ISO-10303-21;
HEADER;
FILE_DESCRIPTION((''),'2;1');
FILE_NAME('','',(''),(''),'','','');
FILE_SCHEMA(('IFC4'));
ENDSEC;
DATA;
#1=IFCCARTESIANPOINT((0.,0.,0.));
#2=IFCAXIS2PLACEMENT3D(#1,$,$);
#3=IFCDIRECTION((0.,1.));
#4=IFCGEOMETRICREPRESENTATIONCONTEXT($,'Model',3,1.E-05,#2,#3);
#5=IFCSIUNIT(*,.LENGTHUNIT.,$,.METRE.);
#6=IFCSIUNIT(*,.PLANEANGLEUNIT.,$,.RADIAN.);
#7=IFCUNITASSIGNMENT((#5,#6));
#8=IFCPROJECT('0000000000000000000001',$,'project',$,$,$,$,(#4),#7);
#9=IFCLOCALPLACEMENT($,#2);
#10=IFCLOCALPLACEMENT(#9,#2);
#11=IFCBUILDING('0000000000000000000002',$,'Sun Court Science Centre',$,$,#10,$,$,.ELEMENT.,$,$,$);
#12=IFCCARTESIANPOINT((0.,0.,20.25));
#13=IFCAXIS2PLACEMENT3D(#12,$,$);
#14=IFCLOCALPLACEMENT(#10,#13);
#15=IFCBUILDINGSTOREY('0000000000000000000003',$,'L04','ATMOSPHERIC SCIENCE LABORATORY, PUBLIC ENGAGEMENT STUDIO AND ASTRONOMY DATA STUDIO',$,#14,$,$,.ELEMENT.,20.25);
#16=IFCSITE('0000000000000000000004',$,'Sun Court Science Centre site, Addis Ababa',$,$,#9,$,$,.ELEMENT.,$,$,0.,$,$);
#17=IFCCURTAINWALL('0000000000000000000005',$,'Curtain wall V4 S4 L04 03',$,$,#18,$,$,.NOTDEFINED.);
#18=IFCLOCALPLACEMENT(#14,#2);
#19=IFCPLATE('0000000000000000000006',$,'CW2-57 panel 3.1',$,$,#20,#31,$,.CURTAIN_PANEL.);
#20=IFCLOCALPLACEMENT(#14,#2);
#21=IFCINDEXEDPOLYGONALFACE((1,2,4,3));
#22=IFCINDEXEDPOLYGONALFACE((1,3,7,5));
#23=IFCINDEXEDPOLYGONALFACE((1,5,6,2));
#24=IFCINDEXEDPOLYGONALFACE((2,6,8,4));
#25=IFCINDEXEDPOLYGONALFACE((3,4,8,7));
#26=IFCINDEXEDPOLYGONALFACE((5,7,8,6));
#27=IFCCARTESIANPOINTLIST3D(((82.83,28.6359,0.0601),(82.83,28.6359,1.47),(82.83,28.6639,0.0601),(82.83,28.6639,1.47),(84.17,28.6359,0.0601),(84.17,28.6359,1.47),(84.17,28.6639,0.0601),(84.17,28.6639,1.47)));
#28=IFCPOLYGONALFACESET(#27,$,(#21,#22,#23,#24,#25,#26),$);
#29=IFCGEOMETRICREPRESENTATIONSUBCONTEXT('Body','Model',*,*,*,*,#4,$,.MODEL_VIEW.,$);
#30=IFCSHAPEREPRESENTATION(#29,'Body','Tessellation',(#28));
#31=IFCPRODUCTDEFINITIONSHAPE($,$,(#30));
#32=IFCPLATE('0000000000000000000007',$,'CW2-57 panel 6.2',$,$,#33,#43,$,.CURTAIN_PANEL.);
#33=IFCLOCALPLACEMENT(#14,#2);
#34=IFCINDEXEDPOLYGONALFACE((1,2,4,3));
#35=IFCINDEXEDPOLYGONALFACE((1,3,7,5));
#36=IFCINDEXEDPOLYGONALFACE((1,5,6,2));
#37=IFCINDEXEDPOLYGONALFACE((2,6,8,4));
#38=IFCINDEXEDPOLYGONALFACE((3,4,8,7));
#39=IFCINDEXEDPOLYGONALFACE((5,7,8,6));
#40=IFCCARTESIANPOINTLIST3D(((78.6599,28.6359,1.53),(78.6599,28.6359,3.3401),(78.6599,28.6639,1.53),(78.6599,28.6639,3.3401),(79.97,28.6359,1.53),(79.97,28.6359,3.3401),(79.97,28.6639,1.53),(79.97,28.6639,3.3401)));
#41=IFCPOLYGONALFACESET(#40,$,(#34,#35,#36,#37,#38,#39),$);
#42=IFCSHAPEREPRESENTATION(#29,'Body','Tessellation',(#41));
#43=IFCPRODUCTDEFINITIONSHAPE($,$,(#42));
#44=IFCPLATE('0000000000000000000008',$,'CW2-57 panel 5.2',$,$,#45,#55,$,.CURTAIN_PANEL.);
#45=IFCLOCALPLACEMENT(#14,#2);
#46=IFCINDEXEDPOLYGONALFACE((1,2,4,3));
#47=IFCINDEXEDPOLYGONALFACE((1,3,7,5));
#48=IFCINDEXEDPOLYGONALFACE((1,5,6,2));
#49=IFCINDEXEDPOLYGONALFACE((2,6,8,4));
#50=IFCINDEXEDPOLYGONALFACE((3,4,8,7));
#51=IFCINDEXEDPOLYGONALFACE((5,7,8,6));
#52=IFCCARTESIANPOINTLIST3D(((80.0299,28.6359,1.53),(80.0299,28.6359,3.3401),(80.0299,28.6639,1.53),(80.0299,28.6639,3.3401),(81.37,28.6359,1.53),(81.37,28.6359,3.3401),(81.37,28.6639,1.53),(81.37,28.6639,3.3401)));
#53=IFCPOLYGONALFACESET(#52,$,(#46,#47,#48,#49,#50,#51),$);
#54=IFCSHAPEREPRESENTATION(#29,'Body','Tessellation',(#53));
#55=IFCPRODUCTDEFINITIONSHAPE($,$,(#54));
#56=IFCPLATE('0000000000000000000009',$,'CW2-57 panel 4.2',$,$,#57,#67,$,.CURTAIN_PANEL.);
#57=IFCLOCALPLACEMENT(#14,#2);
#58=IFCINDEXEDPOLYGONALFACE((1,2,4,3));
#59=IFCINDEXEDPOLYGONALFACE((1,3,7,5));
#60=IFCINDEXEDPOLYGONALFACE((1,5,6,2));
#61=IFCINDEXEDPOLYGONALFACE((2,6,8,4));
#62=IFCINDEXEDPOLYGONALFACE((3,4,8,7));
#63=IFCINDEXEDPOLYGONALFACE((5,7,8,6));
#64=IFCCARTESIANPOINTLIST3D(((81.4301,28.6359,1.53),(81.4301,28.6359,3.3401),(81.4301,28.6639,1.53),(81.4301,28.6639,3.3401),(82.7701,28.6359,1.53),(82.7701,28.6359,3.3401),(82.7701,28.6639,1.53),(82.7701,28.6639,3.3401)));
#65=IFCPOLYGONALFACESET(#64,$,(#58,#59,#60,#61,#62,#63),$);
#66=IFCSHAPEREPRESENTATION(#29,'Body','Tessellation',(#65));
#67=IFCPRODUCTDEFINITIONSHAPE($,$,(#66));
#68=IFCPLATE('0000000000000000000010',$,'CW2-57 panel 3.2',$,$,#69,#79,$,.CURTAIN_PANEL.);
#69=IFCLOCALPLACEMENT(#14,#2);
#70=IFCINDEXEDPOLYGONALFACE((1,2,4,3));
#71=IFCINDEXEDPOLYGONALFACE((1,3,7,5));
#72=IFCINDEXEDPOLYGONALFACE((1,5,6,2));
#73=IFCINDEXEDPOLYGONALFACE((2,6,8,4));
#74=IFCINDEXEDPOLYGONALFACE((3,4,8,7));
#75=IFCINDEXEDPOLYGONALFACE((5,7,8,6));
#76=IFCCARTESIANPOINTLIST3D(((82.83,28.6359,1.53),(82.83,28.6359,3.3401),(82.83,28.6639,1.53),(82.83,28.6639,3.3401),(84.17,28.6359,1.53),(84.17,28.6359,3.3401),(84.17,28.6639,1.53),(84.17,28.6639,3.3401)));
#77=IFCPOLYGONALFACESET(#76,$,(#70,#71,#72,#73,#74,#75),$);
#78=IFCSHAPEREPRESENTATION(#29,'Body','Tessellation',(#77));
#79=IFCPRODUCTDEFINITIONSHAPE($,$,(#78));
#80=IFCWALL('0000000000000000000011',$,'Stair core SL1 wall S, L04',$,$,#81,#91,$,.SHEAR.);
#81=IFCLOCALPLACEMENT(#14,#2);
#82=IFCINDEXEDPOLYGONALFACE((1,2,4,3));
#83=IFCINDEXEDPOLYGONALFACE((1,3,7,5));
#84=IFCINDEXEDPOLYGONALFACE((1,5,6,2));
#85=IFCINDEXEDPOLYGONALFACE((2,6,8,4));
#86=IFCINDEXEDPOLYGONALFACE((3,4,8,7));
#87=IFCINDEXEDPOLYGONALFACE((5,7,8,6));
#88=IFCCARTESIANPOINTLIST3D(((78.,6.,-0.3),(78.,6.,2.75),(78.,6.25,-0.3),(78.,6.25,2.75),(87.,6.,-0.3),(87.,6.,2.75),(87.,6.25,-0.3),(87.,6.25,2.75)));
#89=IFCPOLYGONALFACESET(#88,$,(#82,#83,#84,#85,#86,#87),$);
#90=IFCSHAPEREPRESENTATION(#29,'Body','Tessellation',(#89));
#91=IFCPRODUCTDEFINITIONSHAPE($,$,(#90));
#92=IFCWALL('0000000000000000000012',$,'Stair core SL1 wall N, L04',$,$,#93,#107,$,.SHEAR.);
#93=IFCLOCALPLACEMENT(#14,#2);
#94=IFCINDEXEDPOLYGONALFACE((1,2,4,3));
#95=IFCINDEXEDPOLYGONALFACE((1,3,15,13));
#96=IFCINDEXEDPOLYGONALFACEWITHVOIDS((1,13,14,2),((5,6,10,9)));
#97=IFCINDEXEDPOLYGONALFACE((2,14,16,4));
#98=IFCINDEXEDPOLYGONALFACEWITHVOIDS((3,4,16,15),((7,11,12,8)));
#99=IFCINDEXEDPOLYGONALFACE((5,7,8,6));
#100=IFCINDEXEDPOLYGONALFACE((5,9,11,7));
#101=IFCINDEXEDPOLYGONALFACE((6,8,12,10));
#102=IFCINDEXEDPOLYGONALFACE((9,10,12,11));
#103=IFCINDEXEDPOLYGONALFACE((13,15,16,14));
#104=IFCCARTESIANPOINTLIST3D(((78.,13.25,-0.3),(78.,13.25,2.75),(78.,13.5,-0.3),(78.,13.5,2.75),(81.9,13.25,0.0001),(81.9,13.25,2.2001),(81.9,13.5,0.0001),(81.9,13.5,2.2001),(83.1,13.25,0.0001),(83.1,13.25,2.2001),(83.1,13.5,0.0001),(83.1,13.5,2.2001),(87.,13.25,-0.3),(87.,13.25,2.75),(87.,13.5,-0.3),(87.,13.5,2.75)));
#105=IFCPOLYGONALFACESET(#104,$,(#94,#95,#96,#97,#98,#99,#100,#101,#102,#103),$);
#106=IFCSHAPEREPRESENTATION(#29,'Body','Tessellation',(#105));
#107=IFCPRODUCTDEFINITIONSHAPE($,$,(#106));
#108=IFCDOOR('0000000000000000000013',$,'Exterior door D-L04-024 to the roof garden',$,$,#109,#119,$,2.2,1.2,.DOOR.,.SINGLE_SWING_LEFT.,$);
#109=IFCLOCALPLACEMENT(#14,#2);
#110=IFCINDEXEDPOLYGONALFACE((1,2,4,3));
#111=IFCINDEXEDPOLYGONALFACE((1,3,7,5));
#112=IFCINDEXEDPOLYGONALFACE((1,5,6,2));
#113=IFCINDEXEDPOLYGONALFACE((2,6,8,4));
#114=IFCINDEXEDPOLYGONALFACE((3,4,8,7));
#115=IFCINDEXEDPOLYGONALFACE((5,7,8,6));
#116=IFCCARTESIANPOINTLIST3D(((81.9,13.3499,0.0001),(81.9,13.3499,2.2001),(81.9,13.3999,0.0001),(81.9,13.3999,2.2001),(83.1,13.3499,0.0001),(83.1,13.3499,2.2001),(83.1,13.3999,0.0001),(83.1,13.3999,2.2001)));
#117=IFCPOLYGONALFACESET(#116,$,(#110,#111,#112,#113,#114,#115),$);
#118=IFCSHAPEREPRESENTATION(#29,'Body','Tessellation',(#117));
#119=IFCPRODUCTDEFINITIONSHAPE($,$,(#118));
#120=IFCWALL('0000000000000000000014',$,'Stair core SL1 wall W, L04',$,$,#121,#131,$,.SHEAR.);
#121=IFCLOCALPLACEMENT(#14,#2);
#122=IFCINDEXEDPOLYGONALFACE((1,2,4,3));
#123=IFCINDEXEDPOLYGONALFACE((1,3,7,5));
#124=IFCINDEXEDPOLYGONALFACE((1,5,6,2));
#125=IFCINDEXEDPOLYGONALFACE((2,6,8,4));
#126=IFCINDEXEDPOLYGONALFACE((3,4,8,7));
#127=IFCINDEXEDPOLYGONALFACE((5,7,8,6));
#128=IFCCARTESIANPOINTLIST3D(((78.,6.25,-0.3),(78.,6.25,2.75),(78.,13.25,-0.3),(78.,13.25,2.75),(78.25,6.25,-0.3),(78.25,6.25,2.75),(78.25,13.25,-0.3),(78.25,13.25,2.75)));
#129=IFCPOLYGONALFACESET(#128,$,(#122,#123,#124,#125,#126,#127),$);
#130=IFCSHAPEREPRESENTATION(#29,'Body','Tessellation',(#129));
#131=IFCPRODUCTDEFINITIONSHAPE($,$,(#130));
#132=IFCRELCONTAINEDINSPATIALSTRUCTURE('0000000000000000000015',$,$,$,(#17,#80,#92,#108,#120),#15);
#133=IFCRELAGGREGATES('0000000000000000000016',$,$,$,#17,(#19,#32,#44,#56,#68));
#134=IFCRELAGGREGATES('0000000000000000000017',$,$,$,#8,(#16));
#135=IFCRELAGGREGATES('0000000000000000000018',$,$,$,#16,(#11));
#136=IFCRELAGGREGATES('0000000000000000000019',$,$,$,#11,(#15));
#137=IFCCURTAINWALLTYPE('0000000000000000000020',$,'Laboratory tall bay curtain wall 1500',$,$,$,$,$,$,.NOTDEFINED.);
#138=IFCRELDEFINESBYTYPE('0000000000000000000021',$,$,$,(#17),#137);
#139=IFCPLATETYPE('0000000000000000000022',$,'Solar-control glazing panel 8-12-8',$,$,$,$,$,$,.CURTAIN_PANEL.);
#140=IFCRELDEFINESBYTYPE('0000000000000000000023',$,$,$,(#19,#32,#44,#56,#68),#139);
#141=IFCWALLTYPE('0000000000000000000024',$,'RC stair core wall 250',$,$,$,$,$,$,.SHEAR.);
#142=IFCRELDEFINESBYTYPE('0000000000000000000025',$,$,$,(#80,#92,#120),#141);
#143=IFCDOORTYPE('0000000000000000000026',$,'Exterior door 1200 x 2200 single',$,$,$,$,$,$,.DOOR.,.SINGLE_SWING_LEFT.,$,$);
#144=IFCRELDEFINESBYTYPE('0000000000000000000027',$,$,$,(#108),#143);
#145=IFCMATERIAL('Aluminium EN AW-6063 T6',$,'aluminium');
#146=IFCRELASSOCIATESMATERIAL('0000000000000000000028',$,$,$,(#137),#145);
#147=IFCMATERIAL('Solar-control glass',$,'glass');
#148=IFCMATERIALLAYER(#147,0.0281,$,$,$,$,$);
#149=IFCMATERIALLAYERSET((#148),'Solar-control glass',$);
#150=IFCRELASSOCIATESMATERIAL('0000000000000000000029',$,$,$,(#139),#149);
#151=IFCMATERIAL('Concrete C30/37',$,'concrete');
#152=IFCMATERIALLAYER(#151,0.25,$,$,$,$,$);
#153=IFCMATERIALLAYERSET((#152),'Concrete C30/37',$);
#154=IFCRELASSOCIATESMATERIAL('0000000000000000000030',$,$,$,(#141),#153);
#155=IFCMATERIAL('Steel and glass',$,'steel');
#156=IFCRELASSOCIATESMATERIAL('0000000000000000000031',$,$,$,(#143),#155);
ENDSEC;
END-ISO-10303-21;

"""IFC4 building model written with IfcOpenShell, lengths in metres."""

from ifc_helpers import new_model, si_unit, direction, frame, frame_2d, origin, origin_2d, place, context, subcontext, project, spatial, rectangle, extrude, material, layer, layer_set, type_object, element, fill, aggregate, save


model = new_model("IFC4")

# Units and contexts
model_context = context("Model", 3, precision=1e-05, world=origin(), true_north=direction((0.0, 1.0)))
body_context = subcontext(model_context, "Body", "Model", "MODEL_VIEW")
ifc_project = project(units=[si_unit("LENGTHUNIT", "METRE"), si_unit("PLANEANGLEUNIT", "RADIAN")], contexts=[model_context])

# Site, building, storey
site_placement = place(None, origin())
site = spatial("IfcSite", under=ifc_project, at=site_placement, Name="Sun Court Science Centre site, Addis Ababa", CompositionType="ELEMENT", RefElevation=0.0)
building_placement = place(site_placement, origin())
building = spatial("IfcBuilding", under=site, at=building_placement, Name="Sun Court Science Centre", CompositionType="ELEMENT")
storey_placement = place(building_placement, frame((0.0, 0.0, 20.25)))
storey = spatial("IfcBuildingStorey", under=building, at=storey_placement, Name="L04", Description="ATMOSPHERIC SCIENCE LABORATORY, PUBLIC ENGAGEMENT STUDIO AND ASTRONOMY DATA STUDIO", CompositionType="ELEMENT", Elevation=20.25)

# Curtain wall
ifc_material_1 = material(Name="Aluminium EN AW-6063 T6", Category="aluminium")
curtain_wall_type = type_object("IfcCurtainWallType", Name="Laboratory tall bay curtain wall 1500", PredefinedType="NOTDEFINED", material=ifc_material_1)
curtain_wall_placement = place(storey_placement, origin())
curtain_wall = element("IfcCurtainWall", 1, at=curtain_wall_placement, inside=storey, type_object=curtain_wall_type, Name="Curtain wall V4 S4 L04 03", PredefinedType="NOTDEFINED")

# Plates
ifc_material_2 = material(Name="Solar-control glass", Category="glass")
ifc_layer_1 = layer(ifc_material_2, 0.0281)
ifc_layer_set_1 = layer_set([ifc_layer_1], Name="Solar-control glass")
plate_type = type_object("IfcPlateType", Name="Solar-control glazing panel 8-12-8", PredefinedType="CURTAIN_PANEL", material=ifc_layer_set_1)
plate_1_placement = place(storey_placement, frame((83.5, 28.6499, 0.0601), z_axis=(0.0, 0.0, 1.0), x_axis=(-1.0, 0.0, 0.0)))
plate_1 = element("IfcPlate", 2, at=plate_1_placement, type_object=plate_type, Name="CW2-57 panel 3.1", PredefinedType="CURTAIN_PANEL", context=body_context, shape_type="SweptSolid", body=[
    extrude(rectangle(XDim=1.3401, YDim=0.0281, at=origin_2d()), origin(), (0.0, 0.0, 1.0), 1.4099),
])
plate_2_placement = place(storey_placement, frame((79.3149, 28.6499, 1.53), z_axis=(0.0, 0.0, 1.0), x_axis=(-1.0, 0.0, 0.0)))
plate_2 = element("IfcPlate", 3, at=plate_2_placement, type_object=plate_type, Name="CW2-57 panel 6.2", PredefinedType="CURTAIN_PANEL", context=body_context, shape_type="SweptSolid", body=[
    extrude(rectangle(XDim=1.3101, YDim=0.0281, at=origin_2d()), origin(), (0.0, 0.0, 1.0), 1.8101),
])
plate_3_placement = place(storey_placement, frame((80.7, 28.6499, 1.53), z_axis=(0.0, 0.0, 1.0), x_axis=(-1.0, 0.0, 0.0)))
plate_3 = element("IfcPlate", 4, at=plate_3_placement, type_object=plate_type, Name="CW2-57 panel 5.2", PredefinedType="CURTAIN_PANEL", context=body_context, shape_type="SweptSolid", body=[
    extrude(rectangle(XDim=1.3401, YDim=0.0281, at=origin_2d()), origin(), (0.0, 0.0, 1.0), 1.8101),
])
plate_4_placement = place(storey_placement, frame((82.1001, 28.6499, 1.53), z_axis=(0.0, 0.0, 1.0), x_axis=(-1.0, 0.0, 0.0)))
plate_4 = element("IfcPlate", 5, at=plate_4_placement, type_object=plate_type, Name="CW2-57 panel 4.2", PredefinedType="CURTAIN_PANEL", context=body_context, shape_type="SweptSolid", body=[
    extrude(rectangle(XDim=1.3401, YDim=0.0281, at=origin_2d()), origin(), (0.0, 0.0, 1.0), 1.8101),
])
plate_5_placement = place(storey_placement, frame((83.5, 28.6499, 1.53), z_axis=(0.0, 0.0, 1.0), x_axis=(-1.0, 0.0, 0.0)))
plate_5 = element("IfcPlate", 6, at=plate_5_placement, type_object=plate_type, Name="CW2-57 panel 3.2", PredefinedType="CURTAIN_PANEL", context=body_context, shape_type="SweptSolid", body=[
    extrude(rectangle(XDim=1.3401, YDim=0.0281, at=origin_2d()), origin(), (0.0, 0.0, 1.0), 1.8101),
])
aggregate(curtain_wall, [plate_1, plate_2, plate_3, plate_4, plate_5])

# Wall
ifc_material_3 = material(Name="Concrete C30/37", Category="concrete")
ifc_layer_2 = layer(ifc_material_3, 0.25)
ifc_layer_set_2 = layer_set([ifc_layer_2], Name="Concrete C30/37")
wall_type = type_object("IfcWallType", Name="RC stair core wall 250", PredefinedType="SHEAR", material=ifc_layer_set_2)
wall_1_placement = place(storey_placement, frame((78.0, 6.125, -0.3), z_axis=(0.0, 0.0, 1.0), x_axis=(1.0, 0.0, 0.0)))
element("IfcWall", 7, at=wall_1_placement, inside=storey, type_object=wall_type, Name="Stair core SL1 wall S, L04", PredefinedType="SHEAR", context=body_context, shape_type="SweptSolid", body=[
    extrude(rectangle(XDim=9.0, YDim=0.25, at=frame_2d((4.5, 0.0))), origin(), (0.0, 0.0, 1.0), 3.05),
])

# Wall, opening, door
wall_2_placement = place(storey_placement, frame((78.0, 13.375, -0.3), z_axis=(0.0, 0.0, 1.0), x_axis=(1.0, 0.0, 0.0)))
wall_2 = element("IfcWall", 8, at=wall_2_placement, inside=storey, type_object=wall_type, Name="Stair core SL1 wall N, L04", PredefinedType="SHEAR", context=body_context, shape_type="SweptSolid", body=[
    extrude(rectangle(XDim=9.0, YDim=0.25, at=frame_2d((4.5, 0.0))), origin(), (0.0, 0.0, 1.0), 3.05),
])
opening_placement = place(wall_2_placement, frame((3.8999, 0.0, 0.3)))
opening = element("IfcOpeningElement", 9, at=opening_placement, cuts=wall_2, PredefinedType="OPENING", context=body_context, shape_type="SweptSolid", body=[
    extrude(rectangle(XDim=1.2, YDim=2.2, at=frame_2d((0.6001, 1.1001))), frame((0.0, 0.135, 0.0), z_axis=(0.0, -1.0, 0.0), x_axis=(1.0, 0.0, 0.0)), (0.0, 0.0, 1.0), 0.27),
])
ifc_material_4 = material(Name="Steel and glass", Category="steel")
door_type = type_object("IfcDoorType", Name="Exterior door 1200 x 2200 single", OperationType="SINGLE_SWING_LEFT", PredefinedType="DOOR", material=ifc_material_4)
door_placement = place(opening_placement, origin())
door = element("IfcDoor", 10, at=door_placement, inside=storey, type_object=door_type, Name="Exterior door D-L04-024 to the roof garden", OperationType="SINGLE_SWING_LEFT", OverallHeight=2.2, OverallWidth=1.2, PredefinedType="DOOR", context=body_context, shape_type="SweptSolid", body=[
    extrude(rectangle(XDim=1.2, YDim=2.2, at=frame_2d((0.6001, 1.1001))), frame((0.0, 0.0249, 0.0), z_axis=(0.0, -1.0, 0.0), x_axis=(1.0, 0.0, 0.0)), (0.0, 0.0, 1.0), 0.05),
])
fill(opening, door)

# Wall
wall_3_placement = place(storey_placement, frame((78.125, 6.25, -0.3), z_axis=(0.0, 0.0, 1.0), x_axis=(0.0, 1.0, 0.0)))
element("IfcWall", 11, at=wall_3_placement, inside=storey, type_object=wall_type, Name="Stair core SL1 wall W, L04", PredefinedType="SHEAR", context=body_context, shape_type="SweptSolid", body=[
    extrude(rectangle(XDim=7.0, YDim=0.25, at=frame_2d((3.5, 0.0))), origin(), (0.0, 0.0, 1.0), 3.05),
])

save(model, "model.ifc")
